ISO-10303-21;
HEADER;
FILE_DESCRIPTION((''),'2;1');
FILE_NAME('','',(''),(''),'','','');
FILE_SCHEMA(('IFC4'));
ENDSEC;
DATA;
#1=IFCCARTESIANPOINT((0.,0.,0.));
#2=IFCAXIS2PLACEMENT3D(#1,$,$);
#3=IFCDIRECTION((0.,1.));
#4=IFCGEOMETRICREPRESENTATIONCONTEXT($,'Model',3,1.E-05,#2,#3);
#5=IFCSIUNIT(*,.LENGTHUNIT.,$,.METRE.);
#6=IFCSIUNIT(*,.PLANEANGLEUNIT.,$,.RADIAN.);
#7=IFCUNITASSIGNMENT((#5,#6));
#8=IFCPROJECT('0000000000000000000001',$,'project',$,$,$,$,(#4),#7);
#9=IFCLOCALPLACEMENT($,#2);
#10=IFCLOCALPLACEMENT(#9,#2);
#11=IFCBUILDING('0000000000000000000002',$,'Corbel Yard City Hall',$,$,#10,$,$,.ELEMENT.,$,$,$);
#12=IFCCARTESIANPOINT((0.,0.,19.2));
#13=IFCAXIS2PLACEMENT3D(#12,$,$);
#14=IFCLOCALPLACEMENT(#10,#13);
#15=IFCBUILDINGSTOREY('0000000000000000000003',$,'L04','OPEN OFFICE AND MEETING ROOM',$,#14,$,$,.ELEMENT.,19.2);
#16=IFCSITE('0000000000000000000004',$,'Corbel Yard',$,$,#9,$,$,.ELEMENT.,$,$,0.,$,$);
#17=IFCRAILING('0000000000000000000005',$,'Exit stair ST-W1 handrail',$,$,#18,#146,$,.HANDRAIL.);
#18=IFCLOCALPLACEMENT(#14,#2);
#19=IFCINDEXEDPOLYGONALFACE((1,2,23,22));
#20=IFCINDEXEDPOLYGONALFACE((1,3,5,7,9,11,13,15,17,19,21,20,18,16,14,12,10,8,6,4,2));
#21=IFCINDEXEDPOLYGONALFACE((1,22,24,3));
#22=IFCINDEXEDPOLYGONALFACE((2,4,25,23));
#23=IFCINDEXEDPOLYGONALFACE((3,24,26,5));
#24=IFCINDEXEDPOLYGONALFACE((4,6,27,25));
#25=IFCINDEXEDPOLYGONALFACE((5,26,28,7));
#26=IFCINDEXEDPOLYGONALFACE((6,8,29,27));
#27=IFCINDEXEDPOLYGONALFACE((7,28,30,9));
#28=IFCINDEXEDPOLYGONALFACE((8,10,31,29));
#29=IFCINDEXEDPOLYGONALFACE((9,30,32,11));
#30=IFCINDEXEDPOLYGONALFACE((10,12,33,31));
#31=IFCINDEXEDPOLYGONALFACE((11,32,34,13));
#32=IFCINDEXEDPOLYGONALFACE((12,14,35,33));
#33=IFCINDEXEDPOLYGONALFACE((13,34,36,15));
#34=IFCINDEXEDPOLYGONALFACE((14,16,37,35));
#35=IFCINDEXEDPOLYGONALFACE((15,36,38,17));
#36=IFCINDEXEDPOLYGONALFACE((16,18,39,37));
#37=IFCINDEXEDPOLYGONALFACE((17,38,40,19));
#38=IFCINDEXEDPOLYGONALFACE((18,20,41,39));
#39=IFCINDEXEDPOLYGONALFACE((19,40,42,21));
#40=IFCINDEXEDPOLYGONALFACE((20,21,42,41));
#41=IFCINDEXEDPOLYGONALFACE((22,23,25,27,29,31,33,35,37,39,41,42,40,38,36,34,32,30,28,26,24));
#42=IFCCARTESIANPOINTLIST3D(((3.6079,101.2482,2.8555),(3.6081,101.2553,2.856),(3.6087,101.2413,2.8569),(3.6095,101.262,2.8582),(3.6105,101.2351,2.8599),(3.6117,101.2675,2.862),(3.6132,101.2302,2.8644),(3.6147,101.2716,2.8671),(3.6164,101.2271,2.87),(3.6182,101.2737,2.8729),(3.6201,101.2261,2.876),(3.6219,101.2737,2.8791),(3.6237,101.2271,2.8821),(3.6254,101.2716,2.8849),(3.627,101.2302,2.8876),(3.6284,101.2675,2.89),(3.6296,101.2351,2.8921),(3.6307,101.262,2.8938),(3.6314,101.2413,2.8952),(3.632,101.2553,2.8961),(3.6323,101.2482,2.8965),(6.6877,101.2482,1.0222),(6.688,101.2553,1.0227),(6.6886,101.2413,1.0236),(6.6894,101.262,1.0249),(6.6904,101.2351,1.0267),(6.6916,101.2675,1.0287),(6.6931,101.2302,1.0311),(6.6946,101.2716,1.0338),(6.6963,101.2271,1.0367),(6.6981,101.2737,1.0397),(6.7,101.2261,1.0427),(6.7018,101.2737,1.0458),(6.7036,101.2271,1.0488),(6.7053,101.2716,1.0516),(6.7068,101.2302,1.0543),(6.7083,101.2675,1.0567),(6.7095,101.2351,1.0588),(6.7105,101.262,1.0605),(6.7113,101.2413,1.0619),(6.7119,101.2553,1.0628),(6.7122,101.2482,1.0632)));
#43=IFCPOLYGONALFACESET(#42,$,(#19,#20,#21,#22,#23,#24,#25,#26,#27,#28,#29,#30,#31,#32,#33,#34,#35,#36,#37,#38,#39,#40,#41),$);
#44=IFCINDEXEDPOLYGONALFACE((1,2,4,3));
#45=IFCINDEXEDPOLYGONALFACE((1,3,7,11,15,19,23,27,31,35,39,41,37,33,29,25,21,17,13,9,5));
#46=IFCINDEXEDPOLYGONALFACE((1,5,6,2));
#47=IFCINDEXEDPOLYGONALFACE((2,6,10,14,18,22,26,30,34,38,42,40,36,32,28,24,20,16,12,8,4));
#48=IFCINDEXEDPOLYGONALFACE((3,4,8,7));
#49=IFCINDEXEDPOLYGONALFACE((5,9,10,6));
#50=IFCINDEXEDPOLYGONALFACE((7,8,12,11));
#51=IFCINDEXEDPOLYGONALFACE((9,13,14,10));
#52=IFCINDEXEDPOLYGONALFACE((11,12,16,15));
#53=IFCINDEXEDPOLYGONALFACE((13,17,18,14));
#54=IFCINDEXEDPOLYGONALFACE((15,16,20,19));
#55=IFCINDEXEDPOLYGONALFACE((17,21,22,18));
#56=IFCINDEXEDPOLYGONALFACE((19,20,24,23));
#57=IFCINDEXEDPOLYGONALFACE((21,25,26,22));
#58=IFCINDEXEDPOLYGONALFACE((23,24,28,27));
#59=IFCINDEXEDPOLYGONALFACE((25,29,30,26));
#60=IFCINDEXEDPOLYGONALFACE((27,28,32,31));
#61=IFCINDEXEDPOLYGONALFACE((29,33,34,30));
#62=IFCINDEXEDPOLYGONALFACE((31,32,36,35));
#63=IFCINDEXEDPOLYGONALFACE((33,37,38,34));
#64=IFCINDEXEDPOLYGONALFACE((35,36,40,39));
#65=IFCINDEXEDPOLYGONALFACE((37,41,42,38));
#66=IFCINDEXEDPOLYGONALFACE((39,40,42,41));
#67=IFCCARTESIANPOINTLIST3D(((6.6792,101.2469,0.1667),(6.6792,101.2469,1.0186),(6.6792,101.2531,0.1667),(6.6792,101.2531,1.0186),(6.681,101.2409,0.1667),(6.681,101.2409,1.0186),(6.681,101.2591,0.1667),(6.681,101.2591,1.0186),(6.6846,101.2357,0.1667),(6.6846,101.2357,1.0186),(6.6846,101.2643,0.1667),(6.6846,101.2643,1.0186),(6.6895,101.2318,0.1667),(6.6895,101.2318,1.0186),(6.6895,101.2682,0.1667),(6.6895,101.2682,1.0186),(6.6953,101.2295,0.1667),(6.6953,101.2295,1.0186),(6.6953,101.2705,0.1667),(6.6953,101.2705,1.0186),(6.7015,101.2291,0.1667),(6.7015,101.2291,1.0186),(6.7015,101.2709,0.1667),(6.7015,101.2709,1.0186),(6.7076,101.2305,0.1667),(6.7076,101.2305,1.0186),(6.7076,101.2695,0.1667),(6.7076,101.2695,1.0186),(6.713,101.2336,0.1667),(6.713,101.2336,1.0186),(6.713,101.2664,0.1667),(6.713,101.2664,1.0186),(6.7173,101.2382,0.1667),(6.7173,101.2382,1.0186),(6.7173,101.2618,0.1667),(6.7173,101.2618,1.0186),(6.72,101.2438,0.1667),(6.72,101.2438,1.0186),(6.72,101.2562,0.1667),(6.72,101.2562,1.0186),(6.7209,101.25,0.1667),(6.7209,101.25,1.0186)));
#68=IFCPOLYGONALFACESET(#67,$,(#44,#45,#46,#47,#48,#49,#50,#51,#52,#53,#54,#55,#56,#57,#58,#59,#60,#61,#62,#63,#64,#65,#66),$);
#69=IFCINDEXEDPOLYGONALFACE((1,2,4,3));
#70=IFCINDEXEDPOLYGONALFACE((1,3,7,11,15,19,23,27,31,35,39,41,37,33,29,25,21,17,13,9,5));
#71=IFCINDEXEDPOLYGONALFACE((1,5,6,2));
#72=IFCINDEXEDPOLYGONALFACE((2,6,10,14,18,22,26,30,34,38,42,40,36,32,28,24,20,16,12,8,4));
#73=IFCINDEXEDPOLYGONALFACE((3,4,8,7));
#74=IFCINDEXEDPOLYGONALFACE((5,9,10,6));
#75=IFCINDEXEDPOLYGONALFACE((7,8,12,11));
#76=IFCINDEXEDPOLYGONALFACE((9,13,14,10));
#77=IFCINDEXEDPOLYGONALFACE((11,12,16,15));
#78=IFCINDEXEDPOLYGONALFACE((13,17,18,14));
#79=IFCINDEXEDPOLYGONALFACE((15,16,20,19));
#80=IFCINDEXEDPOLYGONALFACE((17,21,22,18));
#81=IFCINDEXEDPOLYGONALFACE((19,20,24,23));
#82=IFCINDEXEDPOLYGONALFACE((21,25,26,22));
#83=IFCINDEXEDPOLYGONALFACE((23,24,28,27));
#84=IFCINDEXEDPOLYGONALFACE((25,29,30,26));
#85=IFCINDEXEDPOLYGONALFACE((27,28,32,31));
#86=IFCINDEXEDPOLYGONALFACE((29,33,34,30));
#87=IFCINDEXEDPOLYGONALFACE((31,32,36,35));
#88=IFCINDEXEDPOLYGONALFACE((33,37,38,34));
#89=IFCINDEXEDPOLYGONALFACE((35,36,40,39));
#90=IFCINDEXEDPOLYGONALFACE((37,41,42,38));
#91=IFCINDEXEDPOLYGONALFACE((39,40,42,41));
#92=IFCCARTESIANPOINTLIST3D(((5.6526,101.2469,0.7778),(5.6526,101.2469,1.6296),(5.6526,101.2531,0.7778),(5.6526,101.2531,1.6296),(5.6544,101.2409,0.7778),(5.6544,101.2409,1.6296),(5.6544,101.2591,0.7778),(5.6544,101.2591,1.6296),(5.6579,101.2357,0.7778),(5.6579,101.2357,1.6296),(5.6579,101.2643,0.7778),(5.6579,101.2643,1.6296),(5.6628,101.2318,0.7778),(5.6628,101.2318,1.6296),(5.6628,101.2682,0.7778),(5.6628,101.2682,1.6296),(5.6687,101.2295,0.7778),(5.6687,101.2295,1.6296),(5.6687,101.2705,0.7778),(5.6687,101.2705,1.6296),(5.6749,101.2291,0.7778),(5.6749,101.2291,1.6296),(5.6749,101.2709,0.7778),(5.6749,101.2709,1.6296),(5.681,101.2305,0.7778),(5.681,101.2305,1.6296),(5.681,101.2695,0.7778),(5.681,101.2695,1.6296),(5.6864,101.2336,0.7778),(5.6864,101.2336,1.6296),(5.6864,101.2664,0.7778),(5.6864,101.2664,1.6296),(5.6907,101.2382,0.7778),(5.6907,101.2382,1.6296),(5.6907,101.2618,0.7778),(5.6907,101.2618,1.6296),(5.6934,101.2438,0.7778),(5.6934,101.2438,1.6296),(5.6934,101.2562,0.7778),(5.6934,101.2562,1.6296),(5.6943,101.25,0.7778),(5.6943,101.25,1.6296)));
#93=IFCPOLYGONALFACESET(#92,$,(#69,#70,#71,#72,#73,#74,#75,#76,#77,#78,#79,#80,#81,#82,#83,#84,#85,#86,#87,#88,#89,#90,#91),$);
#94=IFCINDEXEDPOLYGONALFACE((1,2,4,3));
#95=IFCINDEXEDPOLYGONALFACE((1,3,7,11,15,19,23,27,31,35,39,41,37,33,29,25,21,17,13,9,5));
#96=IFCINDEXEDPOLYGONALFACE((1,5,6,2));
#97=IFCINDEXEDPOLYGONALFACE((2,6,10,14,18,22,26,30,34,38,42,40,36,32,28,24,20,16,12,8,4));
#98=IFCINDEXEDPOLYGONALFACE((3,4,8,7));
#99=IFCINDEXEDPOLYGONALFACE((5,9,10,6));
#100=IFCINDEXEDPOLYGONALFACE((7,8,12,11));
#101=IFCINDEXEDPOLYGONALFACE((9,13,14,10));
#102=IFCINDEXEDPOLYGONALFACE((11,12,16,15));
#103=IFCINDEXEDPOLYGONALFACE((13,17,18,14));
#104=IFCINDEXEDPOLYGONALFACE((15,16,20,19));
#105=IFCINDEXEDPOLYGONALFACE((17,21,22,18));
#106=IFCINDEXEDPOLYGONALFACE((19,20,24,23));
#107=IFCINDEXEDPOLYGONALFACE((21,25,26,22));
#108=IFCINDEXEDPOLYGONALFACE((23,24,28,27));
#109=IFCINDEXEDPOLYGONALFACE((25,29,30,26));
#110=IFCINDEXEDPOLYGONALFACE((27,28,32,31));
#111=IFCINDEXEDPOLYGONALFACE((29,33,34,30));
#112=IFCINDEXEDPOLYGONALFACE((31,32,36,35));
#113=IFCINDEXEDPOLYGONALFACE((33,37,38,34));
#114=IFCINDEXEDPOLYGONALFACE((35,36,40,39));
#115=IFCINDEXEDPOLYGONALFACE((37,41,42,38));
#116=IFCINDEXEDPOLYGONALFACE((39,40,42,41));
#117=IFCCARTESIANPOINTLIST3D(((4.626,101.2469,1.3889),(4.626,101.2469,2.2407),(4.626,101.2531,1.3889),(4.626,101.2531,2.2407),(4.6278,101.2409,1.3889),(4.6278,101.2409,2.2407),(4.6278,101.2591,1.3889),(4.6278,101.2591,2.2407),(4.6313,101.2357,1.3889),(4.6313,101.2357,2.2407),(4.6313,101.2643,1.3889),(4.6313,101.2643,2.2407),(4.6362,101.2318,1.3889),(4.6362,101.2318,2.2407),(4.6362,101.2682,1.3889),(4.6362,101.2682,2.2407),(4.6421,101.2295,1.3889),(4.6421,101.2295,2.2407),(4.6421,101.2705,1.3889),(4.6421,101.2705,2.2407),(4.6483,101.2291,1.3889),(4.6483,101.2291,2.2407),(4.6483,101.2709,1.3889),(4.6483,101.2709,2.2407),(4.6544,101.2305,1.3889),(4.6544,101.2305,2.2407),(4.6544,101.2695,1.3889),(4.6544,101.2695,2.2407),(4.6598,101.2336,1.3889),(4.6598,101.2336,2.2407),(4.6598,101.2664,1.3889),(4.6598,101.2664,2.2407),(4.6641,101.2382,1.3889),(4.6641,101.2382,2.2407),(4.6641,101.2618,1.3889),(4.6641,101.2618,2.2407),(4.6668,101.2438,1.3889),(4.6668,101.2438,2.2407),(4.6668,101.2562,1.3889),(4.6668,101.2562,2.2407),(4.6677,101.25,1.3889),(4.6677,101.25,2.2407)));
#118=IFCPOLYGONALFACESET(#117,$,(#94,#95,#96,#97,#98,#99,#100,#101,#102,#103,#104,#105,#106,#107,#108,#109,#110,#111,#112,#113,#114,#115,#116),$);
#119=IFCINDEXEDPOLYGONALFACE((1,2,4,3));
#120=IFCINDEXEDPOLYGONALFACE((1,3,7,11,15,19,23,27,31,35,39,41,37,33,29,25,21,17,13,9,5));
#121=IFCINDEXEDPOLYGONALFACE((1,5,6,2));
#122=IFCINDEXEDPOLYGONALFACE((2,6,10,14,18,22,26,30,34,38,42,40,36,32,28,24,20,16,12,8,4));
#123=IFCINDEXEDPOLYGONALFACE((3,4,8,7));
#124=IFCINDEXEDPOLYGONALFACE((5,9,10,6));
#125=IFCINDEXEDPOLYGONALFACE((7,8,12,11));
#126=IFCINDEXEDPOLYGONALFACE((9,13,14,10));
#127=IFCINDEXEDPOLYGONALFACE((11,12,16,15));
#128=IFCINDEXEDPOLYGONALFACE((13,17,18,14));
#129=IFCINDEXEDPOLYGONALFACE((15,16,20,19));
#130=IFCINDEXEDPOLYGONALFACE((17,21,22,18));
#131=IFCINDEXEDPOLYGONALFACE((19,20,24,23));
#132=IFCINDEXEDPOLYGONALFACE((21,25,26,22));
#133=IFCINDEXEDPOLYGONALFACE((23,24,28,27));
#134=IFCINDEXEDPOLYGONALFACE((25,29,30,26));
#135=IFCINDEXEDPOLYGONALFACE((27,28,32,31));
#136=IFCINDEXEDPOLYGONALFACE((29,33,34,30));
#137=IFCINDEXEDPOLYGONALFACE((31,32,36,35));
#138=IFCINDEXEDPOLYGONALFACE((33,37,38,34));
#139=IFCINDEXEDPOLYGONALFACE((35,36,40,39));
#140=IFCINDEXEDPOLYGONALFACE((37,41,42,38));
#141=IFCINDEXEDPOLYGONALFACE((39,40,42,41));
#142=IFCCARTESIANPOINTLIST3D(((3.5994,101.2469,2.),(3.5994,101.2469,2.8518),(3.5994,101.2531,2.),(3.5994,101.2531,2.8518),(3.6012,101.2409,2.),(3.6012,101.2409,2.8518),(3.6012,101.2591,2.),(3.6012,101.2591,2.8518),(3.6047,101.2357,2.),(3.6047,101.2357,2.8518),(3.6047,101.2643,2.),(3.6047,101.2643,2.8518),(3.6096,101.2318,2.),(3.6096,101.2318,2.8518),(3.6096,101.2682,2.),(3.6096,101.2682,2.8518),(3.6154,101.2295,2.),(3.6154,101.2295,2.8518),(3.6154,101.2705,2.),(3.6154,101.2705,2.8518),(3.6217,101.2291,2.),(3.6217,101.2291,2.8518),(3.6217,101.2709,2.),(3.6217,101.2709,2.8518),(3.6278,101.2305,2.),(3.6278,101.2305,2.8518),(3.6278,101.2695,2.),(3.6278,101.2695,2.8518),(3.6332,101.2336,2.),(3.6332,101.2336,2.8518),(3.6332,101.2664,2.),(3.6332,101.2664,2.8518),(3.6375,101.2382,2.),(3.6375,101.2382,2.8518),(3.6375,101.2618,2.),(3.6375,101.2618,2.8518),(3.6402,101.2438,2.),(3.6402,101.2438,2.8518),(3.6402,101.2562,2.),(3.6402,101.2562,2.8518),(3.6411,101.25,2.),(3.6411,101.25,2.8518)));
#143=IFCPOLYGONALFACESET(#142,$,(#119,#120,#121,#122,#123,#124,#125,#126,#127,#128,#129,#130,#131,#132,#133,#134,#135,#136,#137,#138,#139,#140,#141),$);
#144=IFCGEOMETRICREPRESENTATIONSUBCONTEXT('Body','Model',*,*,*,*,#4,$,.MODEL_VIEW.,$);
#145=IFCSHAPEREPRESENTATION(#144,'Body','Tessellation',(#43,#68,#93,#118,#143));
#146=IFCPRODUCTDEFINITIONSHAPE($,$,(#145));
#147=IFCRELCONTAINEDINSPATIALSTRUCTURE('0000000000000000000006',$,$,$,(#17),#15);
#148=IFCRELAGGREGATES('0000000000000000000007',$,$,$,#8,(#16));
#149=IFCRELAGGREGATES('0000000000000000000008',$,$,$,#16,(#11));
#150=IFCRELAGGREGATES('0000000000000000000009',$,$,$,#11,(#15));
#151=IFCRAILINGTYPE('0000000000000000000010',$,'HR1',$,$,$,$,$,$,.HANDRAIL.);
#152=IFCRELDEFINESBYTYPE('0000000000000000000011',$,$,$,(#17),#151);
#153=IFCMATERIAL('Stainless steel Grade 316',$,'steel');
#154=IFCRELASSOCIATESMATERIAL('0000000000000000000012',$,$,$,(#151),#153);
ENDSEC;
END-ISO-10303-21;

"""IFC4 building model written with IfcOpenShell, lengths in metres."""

from ifc_helpers import new_model, si_unit, direction, frame, origin, origin_2d, place, context, subcontext, project, spatial, circle, extrude, material, type_object, element, save


model = new_model("IFC4")

# Units and contexts
model_context = context("Model", 3, precision=1e-05, world=origin(), true_north=direction((0.0, 1.0)))
body_context = subcontext(model_context, "Body", "Model", "MODEL_VIEW")
ifc_project = project(units=[si_unit("LENGTHUNIT", "METRE"), si_unit("PLANEANGLEUNIT", "RADIAN")], contexts=[model_context])

# Site, building, storey
site_placement = place(None, origin())
site = spatial("IfcSite", under=ifc_project, at=site_placement, Name="Corbel Yard", CompositionType="ELEMENT", RefElevation=0.0)
building_placement = place(site_placement, origin())
building = spatial("IfcBuilding", under=site, at=building_placement, Name="Corbel Yard City Hall", CompositionType="ELEMENT")
storey_placement = place(building_placement, frame((0.0, 0.0, 19.2)))
storey = spatial("IfcBuildingStorey", under=building, at=storey_placement, Name="L04", Description="OPEN OFFICE AND MEETING ROOM", CompositionType="ELEMENT", Elevation=19.2)

# Railing
ifc_material_1 = material(Name="Stainless steel Grade 316", Category="steel")
railing_type = type_object("IfcRailingType", Name="HR1", PredefinedType="HANDRAIL", material=ifc_material_1)
for number, where, name in (
    (1, (6.7, 101.25, 0.1667), "Exit stair ST-W1 handrail"),
):
    element("IfcRailing", number, at=place(storey_placement, frame(where)), inside=storey, type_object=railing_type, Name=name, PredefinedType="HANDRAIL", context=body_context, shape_type="SweptSolid", body=[
        extrude(circle(Radius=0.0239, at=origin_2d()), frame((0.0, 0.0, 0.876), z_axis=(-0.859291, 0.0, 0.511487), x_axis=(0.0, -1.0, 0.0)), (0.0, 0.0, 1.0), 3.5842),
        extrude(circle(Radius=0.021, at=origin_2d()), origin(), (0.0, 0.0, 1.0), 0.8518),
        extrude(circle(Radius=0.021, at=origin_2d()), frame((-1.0266, 0.0, 0.6111)), (0.0, 0.0, 1.0), 0.8518),
        extrude(circle(Radius=0.021, at=origin_2d()), frame((-2.0532, 0.0, 1.2222)), (0.0, 0.0, 1.0), 0.8518),
        extrude(circle(Radius=0.021, at=origin_2d()), frame((-3.0798, 0.0, 1.8333)), (0.0, 0.0, 1.0), 0.8518),
    ])

save(model, "model.ifc")
